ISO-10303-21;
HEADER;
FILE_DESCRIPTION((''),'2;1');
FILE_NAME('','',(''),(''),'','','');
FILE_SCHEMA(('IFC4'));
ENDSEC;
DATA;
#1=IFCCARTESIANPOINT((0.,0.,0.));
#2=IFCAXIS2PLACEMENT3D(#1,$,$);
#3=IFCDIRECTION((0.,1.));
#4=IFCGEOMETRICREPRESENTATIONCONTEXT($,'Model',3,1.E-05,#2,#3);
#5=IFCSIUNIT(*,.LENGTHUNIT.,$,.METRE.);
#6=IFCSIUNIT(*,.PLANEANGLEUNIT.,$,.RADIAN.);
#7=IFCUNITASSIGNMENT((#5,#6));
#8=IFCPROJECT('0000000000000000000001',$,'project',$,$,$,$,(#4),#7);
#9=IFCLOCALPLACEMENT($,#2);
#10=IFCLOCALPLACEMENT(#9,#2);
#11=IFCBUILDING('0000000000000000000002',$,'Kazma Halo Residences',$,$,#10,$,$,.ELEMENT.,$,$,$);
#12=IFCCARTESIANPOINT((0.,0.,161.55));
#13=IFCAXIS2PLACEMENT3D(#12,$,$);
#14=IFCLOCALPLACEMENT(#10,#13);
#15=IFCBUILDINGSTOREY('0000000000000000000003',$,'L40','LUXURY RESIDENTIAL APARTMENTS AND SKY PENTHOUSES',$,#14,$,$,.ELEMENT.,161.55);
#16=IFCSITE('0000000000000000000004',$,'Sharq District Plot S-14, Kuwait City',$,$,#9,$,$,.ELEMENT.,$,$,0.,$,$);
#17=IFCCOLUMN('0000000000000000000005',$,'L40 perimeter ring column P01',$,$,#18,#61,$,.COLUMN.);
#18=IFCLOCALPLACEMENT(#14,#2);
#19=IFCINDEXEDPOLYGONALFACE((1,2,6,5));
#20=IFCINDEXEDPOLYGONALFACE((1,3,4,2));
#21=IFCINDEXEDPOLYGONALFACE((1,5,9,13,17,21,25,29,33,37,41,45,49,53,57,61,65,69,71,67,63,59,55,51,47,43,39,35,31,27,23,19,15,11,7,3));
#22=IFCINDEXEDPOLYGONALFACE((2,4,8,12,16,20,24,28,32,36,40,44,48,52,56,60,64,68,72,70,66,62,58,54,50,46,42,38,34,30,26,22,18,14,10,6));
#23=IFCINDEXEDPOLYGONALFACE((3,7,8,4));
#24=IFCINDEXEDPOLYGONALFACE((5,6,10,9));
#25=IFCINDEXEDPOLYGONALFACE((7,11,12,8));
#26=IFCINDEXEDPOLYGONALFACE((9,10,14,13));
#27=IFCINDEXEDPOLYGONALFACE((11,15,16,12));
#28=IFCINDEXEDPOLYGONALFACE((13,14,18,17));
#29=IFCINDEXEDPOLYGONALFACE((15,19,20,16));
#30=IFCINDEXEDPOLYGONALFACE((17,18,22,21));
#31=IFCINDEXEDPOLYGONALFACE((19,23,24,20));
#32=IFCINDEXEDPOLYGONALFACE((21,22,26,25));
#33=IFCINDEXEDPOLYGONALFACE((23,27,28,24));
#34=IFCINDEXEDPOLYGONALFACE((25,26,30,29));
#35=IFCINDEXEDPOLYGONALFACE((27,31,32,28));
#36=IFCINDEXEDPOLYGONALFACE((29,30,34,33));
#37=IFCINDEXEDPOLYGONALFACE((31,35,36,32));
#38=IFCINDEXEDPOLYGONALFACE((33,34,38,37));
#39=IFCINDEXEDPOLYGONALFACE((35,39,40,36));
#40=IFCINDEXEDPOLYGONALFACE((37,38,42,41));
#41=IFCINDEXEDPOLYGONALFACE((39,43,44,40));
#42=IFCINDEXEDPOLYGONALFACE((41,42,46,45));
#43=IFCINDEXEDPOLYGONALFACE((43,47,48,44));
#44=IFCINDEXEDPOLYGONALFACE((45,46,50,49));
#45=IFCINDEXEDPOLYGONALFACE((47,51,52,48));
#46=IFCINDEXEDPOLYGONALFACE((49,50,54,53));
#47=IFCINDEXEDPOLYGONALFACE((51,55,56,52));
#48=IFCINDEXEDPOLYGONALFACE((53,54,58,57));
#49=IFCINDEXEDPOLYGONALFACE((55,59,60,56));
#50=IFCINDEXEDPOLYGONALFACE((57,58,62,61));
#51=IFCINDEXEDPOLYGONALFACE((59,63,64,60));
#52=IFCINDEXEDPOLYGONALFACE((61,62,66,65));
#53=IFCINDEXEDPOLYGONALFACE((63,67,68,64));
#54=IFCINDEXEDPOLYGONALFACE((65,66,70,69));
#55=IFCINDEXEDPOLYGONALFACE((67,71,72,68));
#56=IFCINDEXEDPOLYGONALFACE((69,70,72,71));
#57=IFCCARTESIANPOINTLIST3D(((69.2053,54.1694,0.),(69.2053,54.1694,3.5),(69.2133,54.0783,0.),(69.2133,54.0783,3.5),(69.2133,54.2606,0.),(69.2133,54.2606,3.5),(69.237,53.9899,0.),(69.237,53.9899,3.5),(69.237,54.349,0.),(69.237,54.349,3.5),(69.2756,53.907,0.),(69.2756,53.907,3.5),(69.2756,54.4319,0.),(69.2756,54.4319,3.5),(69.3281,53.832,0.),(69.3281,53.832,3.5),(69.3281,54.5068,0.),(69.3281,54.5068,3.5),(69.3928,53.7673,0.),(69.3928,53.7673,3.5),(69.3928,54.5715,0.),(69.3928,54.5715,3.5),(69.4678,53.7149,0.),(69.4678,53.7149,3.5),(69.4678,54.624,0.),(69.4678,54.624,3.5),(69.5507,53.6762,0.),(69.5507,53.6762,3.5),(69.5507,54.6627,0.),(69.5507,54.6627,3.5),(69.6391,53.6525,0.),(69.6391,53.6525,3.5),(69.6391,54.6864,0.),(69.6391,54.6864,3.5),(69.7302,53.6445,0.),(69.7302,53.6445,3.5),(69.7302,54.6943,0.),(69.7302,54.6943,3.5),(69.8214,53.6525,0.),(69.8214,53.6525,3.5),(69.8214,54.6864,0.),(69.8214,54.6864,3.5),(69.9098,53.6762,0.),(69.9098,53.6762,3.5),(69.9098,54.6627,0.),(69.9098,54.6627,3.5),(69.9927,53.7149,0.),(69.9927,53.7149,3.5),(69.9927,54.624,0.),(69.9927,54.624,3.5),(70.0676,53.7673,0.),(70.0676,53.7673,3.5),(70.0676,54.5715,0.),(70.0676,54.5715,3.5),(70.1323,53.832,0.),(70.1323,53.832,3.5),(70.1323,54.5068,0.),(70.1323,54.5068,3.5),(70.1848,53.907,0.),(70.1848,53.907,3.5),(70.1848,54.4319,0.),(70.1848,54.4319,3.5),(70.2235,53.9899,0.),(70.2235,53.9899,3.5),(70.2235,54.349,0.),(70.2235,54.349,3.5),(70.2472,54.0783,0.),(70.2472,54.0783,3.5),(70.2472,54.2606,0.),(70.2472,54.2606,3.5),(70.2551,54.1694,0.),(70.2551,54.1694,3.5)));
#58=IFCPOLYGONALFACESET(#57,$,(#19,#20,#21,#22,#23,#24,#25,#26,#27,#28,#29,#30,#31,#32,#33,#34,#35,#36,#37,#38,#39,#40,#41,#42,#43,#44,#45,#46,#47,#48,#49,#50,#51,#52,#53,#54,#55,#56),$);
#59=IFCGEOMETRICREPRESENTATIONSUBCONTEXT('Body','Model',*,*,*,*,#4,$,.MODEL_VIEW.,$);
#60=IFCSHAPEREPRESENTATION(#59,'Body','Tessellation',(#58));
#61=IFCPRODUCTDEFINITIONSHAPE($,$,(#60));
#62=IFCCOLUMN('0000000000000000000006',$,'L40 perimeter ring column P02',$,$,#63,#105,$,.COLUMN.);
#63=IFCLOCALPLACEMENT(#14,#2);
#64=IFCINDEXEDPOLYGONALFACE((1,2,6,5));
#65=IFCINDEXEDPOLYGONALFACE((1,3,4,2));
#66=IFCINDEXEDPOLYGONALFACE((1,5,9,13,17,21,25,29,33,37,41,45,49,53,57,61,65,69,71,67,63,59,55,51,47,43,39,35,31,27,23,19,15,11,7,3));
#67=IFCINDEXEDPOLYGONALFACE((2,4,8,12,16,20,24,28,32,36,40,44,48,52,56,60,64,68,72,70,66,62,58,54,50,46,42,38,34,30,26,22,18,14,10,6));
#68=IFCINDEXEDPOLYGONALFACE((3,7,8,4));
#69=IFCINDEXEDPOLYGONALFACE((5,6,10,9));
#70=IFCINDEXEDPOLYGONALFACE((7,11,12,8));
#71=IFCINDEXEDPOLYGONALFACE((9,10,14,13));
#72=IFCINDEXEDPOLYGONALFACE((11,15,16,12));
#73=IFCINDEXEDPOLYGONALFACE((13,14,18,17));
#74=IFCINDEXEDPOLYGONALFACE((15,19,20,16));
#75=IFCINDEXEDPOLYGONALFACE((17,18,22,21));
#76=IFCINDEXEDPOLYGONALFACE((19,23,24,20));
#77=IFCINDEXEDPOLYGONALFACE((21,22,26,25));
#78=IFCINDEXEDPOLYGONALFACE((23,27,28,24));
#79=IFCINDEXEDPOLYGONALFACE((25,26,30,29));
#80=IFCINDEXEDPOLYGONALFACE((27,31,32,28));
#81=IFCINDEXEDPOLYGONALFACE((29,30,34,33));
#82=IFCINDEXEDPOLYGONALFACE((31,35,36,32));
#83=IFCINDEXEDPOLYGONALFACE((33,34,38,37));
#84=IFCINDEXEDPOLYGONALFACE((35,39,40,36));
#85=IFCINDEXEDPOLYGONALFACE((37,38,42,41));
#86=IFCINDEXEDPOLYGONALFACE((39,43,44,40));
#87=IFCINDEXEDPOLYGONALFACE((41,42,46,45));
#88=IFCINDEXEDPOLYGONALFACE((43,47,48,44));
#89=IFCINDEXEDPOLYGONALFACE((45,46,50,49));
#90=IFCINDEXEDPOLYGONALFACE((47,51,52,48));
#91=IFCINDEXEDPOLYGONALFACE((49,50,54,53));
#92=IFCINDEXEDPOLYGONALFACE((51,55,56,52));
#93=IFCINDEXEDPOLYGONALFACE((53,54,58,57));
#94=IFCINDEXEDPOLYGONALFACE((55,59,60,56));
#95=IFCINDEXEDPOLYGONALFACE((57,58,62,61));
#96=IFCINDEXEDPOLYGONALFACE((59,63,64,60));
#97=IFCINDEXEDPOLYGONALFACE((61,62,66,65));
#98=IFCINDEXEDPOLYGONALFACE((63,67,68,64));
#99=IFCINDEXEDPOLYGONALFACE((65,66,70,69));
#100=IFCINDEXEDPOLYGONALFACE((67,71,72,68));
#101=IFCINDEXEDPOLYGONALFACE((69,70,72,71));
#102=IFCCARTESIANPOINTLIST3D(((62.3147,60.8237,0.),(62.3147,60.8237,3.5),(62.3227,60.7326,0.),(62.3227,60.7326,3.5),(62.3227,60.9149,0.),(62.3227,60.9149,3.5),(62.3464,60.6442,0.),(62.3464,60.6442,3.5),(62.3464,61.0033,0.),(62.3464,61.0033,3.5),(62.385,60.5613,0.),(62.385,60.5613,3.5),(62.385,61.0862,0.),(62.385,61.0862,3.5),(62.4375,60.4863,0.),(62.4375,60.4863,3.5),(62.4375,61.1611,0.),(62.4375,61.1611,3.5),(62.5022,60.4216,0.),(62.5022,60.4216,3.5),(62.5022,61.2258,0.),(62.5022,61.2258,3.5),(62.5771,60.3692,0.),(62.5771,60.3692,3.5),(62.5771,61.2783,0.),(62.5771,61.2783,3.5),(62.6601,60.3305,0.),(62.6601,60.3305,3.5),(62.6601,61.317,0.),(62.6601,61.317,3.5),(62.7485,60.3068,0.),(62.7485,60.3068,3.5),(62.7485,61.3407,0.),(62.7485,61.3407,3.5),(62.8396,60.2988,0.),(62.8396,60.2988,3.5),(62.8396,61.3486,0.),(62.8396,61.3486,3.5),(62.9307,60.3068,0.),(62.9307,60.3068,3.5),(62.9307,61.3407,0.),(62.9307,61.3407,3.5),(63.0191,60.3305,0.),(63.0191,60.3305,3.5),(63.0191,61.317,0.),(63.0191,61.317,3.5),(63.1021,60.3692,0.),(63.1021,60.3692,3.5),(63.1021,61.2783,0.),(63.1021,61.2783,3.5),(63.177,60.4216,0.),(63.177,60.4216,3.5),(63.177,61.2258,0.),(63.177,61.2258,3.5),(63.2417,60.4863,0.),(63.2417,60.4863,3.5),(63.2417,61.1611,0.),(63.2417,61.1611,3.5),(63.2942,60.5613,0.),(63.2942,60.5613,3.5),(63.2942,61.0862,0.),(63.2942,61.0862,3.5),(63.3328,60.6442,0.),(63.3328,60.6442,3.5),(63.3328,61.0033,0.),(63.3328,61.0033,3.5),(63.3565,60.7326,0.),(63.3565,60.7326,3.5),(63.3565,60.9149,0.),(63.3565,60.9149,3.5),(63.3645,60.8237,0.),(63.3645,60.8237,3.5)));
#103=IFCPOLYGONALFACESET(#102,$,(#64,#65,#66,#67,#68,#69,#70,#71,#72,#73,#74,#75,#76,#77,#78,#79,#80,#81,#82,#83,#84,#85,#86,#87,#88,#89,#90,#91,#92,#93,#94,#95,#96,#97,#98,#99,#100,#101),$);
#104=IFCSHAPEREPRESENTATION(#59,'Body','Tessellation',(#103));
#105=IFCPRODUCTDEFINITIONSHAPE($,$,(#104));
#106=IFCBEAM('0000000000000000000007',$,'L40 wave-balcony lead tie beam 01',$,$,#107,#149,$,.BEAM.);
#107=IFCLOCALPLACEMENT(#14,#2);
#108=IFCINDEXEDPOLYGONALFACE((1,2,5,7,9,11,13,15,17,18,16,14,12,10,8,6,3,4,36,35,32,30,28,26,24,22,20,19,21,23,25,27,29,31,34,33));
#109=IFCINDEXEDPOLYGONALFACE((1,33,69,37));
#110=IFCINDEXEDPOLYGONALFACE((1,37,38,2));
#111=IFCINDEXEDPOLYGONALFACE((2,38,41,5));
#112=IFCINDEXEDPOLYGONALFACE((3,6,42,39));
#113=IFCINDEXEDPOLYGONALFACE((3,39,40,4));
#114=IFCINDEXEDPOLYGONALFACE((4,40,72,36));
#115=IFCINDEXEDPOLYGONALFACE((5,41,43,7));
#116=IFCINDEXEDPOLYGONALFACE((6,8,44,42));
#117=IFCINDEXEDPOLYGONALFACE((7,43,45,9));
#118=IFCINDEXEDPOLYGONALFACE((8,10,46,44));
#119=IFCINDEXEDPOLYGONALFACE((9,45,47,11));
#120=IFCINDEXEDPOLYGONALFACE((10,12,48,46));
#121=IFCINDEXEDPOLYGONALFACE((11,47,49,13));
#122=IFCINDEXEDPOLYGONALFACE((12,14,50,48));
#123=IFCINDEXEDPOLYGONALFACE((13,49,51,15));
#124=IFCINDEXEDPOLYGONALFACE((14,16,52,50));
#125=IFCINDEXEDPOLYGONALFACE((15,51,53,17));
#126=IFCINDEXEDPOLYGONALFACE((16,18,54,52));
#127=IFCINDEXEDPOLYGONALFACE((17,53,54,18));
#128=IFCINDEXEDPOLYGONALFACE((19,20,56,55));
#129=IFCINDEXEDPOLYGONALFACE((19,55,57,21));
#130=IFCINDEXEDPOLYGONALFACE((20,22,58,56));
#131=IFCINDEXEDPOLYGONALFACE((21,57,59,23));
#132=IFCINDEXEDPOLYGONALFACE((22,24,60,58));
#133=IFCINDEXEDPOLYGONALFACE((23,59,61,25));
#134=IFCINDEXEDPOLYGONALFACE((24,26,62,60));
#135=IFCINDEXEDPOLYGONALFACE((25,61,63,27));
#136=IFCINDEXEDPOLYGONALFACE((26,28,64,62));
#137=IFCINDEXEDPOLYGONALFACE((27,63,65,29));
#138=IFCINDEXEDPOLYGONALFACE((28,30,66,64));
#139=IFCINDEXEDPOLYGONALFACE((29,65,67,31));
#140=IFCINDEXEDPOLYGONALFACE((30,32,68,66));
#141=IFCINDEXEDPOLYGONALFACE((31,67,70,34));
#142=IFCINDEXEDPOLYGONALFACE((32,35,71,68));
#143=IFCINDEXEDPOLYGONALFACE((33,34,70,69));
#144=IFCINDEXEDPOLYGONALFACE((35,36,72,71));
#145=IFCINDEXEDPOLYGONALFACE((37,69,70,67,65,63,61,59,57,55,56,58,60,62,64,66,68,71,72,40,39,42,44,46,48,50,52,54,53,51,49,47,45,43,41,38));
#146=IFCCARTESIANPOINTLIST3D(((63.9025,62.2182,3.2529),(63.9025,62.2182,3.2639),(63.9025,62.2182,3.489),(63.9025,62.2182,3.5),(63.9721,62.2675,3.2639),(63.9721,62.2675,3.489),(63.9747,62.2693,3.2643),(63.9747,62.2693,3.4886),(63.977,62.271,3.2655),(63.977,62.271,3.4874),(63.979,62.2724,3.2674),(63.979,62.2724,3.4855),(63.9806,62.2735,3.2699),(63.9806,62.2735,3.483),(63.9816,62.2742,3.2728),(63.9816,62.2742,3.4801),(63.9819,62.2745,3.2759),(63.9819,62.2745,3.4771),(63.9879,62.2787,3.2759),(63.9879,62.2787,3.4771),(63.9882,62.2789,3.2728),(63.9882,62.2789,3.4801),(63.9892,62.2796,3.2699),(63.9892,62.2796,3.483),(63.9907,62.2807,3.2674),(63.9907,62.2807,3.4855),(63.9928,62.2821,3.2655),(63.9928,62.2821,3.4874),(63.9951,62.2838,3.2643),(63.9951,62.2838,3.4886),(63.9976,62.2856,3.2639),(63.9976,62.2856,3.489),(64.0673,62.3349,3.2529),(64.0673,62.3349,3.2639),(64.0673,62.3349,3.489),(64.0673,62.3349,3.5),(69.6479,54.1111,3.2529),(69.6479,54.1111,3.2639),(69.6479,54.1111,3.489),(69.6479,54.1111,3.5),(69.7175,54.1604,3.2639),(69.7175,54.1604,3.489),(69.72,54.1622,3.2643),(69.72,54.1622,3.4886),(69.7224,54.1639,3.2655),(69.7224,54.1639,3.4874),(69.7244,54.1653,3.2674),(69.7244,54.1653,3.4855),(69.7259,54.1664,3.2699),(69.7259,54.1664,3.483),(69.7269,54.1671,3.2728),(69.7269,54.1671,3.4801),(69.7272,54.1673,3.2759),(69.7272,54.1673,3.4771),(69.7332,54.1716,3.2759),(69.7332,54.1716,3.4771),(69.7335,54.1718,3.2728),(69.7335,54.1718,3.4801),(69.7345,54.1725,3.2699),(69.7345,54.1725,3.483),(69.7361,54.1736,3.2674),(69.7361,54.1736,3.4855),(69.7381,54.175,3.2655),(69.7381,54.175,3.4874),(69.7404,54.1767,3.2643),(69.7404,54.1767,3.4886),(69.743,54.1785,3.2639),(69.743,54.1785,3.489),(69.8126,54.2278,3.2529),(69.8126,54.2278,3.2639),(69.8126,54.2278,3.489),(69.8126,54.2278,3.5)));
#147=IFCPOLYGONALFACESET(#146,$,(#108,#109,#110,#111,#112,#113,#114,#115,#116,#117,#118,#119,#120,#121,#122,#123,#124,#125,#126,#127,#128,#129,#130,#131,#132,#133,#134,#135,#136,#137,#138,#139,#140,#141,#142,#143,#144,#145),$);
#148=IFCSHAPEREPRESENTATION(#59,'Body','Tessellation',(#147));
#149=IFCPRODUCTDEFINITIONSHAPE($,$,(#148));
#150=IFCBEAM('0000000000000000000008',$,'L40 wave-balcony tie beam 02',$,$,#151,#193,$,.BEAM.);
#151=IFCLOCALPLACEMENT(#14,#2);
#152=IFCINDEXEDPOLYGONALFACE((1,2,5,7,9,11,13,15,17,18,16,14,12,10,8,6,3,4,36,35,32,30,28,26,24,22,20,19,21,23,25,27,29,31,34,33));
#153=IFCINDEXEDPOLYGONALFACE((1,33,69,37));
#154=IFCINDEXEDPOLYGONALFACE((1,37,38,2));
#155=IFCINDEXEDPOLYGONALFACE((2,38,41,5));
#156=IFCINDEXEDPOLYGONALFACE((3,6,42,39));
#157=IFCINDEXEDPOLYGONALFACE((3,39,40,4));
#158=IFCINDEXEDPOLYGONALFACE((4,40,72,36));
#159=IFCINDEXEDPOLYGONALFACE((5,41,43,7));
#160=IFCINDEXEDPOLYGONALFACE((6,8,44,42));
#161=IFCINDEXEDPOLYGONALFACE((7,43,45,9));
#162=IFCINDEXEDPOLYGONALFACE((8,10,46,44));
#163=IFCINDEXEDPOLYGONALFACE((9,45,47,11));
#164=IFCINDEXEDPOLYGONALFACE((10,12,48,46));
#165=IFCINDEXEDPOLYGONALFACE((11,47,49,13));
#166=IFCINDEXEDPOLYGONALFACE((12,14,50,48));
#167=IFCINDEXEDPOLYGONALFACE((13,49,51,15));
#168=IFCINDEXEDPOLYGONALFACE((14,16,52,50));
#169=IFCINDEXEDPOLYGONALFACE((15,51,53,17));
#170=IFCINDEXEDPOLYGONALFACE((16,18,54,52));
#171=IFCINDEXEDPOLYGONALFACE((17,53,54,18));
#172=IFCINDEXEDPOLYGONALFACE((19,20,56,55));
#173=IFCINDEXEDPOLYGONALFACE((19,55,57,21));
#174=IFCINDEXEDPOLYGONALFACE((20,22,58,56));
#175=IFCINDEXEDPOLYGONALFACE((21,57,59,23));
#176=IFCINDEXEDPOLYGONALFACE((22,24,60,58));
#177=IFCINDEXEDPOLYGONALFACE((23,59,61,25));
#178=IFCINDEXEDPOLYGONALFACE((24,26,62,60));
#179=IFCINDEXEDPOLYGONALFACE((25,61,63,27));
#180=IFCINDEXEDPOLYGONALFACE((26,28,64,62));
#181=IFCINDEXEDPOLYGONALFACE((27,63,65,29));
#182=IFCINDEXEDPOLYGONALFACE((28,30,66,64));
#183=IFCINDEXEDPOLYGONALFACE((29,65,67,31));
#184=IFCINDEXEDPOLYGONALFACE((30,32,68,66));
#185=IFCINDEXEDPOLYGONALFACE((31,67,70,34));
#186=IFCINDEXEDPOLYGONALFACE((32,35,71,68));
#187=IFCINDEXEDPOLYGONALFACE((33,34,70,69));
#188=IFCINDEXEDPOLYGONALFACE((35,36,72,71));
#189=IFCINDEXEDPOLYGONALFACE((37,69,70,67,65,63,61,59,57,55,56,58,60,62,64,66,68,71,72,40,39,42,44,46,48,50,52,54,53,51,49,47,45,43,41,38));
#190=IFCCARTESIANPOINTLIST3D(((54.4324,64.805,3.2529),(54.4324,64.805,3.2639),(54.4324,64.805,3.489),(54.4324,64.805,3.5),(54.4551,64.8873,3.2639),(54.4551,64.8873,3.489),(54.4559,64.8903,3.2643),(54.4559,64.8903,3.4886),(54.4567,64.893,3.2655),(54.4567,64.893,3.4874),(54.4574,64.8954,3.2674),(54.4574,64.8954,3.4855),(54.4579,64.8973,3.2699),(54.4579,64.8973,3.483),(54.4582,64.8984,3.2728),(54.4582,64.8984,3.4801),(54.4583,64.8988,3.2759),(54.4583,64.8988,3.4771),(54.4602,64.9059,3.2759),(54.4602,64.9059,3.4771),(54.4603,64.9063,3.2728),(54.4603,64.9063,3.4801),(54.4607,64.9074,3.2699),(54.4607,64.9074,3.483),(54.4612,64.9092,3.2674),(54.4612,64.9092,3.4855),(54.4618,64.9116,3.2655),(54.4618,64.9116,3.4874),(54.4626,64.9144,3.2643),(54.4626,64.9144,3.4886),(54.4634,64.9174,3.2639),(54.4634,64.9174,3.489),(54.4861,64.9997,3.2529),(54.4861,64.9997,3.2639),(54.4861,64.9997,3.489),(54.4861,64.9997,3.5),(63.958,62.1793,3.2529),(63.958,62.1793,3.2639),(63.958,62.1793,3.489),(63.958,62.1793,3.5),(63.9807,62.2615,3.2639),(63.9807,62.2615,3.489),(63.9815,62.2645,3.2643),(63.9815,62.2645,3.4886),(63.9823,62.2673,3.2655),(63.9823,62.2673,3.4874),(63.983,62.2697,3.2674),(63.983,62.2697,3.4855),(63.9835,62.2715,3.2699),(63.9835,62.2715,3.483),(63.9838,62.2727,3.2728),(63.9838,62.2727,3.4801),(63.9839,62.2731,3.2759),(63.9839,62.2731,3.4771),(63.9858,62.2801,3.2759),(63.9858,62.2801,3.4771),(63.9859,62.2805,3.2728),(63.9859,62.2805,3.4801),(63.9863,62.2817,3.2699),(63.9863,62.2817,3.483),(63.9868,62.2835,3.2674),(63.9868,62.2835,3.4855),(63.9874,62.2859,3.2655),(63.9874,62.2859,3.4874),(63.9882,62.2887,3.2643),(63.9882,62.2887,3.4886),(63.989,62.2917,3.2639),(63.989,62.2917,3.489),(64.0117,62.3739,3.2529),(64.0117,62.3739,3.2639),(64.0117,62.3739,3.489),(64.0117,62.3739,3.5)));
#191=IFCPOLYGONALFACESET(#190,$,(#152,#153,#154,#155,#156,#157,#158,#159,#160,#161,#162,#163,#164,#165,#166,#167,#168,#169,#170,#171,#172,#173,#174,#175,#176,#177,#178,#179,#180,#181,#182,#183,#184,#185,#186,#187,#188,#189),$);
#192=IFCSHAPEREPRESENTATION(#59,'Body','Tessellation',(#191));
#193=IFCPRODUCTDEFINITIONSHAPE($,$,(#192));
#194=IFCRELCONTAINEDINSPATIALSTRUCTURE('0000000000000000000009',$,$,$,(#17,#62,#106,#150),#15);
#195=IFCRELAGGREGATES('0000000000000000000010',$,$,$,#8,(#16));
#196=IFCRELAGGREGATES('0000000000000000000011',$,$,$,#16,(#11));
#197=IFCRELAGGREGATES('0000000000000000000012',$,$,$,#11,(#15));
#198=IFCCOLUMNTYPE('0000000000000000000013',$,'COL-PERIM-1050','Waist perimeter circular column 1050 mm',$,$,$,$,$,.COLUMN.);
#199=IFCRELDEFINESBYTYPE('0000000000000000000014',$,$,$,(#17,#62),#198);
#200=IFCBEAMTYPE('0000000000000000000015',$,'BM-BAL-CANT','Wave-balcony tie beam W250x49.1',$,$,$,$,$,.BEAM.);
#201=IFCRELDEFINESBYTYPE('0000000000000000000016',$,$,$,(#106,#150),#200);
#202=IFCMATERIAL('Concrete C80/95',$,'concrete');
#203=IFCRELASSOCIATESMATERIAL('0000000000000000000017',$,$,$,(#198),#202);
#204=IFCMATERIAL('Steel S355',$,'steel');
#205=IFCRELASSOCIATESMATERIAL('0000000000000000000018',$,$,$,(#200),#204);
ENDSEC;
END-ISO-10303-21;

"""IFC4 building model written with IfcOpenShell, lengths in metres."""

from ifc_helpers import new_model, si_unit, direction, frame, origin, origin_2d, place, context, subcontext, project, spatial, circle, i_section, extrude, material, material_profile, profile_set, type_object, element, save


model = new_model("IFC4")

# Units and contexts
model_context = context("Model", 3, precision=1e-05, world=origin(), true_north=direction((0.0, 1.0)))
body_context = subcontext(model_context, "Body", "Model", "MODEL_VIEW")
ifc_project = project(units=[si_unit("LENGTHUNIT", "METRE"), si_unit("PLANEANGLEUNIT", "RADIAN")], contexts=[model_context])

# Site, building, storey
site_placement = place(None, origin())
site = spatial("IfcSite", under=ifc_project, at=site_placement, Name="Sharq District Plot S-14, Kuwait City", CompositionType="ELEMENT", RefElevation=0.0)
building_placement = place(site_placement, origin())
building = spatial("IfcBuilding", under=site, at=building_placement, Name="Kazma Halo Residences", CompositionType="ELEMENT")
storey_placement = place(building_placement, frame((0.0, 0.0, 161.55)))
storey = spatial("IfcBuildingStorey", under=building, at=storey_placement, Name="L40", Description="LUXURY RESIDENTIAL APARTMENTS AND SKY PENTHOUSES", CompositionType="ELEMENT", Elevation=161.55)

# Columns
ifc_material_1 = material(Name="Concrete C80/95", Category="concrete")
ifc_material_profile_1 = material_profile(ifc_material_1, circle(Radius=0.5249, at=origin_2d()), Name="CIRC1050")
ifc_profile_set_1 = profile_set([ifc_material_profile_1], Name="Concrete C80/95")
column_type = type_object("IfcColumnType", Name="COL-PERIM-1050", Description="Waist perimeter circular column 1050 mm", PredefinedType="COLUMN", material=ifc_profile_set_1)
for number, where, z_axis, x_axis, name in (
    (1, (69.7302, 54.1694, 0.0), (0.0, 0.0, 1.0), (1.0, 0.0, 0.0), "L40 perimeter ring column P01"),
    (2, (62.8396, 60.8237, 0.0), (0.0, 0.0, 1.0), (1.0, 0.0, 0.0), "L40 perimeter ring column P02"),
):
    element("IfcColumn", number, at=place(storey_placement, frame(where, z_axis=z_axis, x_axis=x_axis)), inside=storey, type_object=column_type, Name=name, PredefinedType="COLUMN", context=body_context, shape_type="SweptSolid", body=[
        extrude(circle(Radius=0.5249, at=origin_2d()), origin(), (0.0, 0.0, 1.0), 3.5),
    ])

# Beams
ifc_material_2 = material(Name="Steel S355", Category="steel")
ifc_material_profile_2 = material_profile(ifc_material_2, i_section(OverallWidth=0.2019, OverallDepth=0.2471, WebThickness=0.0073, FlangeThickness=0.011, FilletRadius=0.012, at=origin_2d()), Name="W250x49.1")
ifc_profile_set_2 = profile_set([ifc_material_profile_2], Name="Steel S355")
beam_type_1 = type_object("IfcBeamType", Name="BM-BAL-CANT", Description="Wave-balcony tie beam W250x49.1", PredefinedType="BEAM", material=ifc_profile_set_2)
beam_1_placement = place(storey_placement, frame((69.7302, 54.1694, 3.3765), z_axis=(-0.578203, 0.815893, 0.0), x_axis=(-0.815893, -0.578203, 0.0)))
element("IfcBeam", 3, at=beam_1_placement, inside=storey, type_object=beam_type_1, Name="L40 wave-balcony lead tie beam 01", PredefinedType="BEAM", context=body_context, shape_type="SweptSolid", body=[
    extrude(i_section(OverallWidth=0.2019, OverallDepth=0.2471, WebThickness=0.0073, FlangeThickness=0.011, FilletRadius=0.012, at=origin_2d()), origin(), (0.0, 0.0, 1.0), 9.9365),
])
beam_2_placement = place(storey_placement, frame((63.9849, 62.2766, 3.3765), z_axis=(-0.964045, 0.265738, 0.0), x_axis=(-0.265738, -0.964045, 0.0)))
element("IfcBeam", 4, at=beam_2_placement, inside=storey, type_object=beam_type_1, Name="L40 wave-balcony tie beam 02", PredefinedType="BEAM", context=body_context, shape_type="SweptSolid", body=[
    extrude(i_section(OverallWidth=0.2019, OverallDepth=0.2471, WebThickness=0.0073, FlangeThickness=0.011, FilletRadius=0.012, at=origin_2d()), origin(), (0.0, 0.0, 1.0), 9.8809),
])

save(model, "model.ifc")
